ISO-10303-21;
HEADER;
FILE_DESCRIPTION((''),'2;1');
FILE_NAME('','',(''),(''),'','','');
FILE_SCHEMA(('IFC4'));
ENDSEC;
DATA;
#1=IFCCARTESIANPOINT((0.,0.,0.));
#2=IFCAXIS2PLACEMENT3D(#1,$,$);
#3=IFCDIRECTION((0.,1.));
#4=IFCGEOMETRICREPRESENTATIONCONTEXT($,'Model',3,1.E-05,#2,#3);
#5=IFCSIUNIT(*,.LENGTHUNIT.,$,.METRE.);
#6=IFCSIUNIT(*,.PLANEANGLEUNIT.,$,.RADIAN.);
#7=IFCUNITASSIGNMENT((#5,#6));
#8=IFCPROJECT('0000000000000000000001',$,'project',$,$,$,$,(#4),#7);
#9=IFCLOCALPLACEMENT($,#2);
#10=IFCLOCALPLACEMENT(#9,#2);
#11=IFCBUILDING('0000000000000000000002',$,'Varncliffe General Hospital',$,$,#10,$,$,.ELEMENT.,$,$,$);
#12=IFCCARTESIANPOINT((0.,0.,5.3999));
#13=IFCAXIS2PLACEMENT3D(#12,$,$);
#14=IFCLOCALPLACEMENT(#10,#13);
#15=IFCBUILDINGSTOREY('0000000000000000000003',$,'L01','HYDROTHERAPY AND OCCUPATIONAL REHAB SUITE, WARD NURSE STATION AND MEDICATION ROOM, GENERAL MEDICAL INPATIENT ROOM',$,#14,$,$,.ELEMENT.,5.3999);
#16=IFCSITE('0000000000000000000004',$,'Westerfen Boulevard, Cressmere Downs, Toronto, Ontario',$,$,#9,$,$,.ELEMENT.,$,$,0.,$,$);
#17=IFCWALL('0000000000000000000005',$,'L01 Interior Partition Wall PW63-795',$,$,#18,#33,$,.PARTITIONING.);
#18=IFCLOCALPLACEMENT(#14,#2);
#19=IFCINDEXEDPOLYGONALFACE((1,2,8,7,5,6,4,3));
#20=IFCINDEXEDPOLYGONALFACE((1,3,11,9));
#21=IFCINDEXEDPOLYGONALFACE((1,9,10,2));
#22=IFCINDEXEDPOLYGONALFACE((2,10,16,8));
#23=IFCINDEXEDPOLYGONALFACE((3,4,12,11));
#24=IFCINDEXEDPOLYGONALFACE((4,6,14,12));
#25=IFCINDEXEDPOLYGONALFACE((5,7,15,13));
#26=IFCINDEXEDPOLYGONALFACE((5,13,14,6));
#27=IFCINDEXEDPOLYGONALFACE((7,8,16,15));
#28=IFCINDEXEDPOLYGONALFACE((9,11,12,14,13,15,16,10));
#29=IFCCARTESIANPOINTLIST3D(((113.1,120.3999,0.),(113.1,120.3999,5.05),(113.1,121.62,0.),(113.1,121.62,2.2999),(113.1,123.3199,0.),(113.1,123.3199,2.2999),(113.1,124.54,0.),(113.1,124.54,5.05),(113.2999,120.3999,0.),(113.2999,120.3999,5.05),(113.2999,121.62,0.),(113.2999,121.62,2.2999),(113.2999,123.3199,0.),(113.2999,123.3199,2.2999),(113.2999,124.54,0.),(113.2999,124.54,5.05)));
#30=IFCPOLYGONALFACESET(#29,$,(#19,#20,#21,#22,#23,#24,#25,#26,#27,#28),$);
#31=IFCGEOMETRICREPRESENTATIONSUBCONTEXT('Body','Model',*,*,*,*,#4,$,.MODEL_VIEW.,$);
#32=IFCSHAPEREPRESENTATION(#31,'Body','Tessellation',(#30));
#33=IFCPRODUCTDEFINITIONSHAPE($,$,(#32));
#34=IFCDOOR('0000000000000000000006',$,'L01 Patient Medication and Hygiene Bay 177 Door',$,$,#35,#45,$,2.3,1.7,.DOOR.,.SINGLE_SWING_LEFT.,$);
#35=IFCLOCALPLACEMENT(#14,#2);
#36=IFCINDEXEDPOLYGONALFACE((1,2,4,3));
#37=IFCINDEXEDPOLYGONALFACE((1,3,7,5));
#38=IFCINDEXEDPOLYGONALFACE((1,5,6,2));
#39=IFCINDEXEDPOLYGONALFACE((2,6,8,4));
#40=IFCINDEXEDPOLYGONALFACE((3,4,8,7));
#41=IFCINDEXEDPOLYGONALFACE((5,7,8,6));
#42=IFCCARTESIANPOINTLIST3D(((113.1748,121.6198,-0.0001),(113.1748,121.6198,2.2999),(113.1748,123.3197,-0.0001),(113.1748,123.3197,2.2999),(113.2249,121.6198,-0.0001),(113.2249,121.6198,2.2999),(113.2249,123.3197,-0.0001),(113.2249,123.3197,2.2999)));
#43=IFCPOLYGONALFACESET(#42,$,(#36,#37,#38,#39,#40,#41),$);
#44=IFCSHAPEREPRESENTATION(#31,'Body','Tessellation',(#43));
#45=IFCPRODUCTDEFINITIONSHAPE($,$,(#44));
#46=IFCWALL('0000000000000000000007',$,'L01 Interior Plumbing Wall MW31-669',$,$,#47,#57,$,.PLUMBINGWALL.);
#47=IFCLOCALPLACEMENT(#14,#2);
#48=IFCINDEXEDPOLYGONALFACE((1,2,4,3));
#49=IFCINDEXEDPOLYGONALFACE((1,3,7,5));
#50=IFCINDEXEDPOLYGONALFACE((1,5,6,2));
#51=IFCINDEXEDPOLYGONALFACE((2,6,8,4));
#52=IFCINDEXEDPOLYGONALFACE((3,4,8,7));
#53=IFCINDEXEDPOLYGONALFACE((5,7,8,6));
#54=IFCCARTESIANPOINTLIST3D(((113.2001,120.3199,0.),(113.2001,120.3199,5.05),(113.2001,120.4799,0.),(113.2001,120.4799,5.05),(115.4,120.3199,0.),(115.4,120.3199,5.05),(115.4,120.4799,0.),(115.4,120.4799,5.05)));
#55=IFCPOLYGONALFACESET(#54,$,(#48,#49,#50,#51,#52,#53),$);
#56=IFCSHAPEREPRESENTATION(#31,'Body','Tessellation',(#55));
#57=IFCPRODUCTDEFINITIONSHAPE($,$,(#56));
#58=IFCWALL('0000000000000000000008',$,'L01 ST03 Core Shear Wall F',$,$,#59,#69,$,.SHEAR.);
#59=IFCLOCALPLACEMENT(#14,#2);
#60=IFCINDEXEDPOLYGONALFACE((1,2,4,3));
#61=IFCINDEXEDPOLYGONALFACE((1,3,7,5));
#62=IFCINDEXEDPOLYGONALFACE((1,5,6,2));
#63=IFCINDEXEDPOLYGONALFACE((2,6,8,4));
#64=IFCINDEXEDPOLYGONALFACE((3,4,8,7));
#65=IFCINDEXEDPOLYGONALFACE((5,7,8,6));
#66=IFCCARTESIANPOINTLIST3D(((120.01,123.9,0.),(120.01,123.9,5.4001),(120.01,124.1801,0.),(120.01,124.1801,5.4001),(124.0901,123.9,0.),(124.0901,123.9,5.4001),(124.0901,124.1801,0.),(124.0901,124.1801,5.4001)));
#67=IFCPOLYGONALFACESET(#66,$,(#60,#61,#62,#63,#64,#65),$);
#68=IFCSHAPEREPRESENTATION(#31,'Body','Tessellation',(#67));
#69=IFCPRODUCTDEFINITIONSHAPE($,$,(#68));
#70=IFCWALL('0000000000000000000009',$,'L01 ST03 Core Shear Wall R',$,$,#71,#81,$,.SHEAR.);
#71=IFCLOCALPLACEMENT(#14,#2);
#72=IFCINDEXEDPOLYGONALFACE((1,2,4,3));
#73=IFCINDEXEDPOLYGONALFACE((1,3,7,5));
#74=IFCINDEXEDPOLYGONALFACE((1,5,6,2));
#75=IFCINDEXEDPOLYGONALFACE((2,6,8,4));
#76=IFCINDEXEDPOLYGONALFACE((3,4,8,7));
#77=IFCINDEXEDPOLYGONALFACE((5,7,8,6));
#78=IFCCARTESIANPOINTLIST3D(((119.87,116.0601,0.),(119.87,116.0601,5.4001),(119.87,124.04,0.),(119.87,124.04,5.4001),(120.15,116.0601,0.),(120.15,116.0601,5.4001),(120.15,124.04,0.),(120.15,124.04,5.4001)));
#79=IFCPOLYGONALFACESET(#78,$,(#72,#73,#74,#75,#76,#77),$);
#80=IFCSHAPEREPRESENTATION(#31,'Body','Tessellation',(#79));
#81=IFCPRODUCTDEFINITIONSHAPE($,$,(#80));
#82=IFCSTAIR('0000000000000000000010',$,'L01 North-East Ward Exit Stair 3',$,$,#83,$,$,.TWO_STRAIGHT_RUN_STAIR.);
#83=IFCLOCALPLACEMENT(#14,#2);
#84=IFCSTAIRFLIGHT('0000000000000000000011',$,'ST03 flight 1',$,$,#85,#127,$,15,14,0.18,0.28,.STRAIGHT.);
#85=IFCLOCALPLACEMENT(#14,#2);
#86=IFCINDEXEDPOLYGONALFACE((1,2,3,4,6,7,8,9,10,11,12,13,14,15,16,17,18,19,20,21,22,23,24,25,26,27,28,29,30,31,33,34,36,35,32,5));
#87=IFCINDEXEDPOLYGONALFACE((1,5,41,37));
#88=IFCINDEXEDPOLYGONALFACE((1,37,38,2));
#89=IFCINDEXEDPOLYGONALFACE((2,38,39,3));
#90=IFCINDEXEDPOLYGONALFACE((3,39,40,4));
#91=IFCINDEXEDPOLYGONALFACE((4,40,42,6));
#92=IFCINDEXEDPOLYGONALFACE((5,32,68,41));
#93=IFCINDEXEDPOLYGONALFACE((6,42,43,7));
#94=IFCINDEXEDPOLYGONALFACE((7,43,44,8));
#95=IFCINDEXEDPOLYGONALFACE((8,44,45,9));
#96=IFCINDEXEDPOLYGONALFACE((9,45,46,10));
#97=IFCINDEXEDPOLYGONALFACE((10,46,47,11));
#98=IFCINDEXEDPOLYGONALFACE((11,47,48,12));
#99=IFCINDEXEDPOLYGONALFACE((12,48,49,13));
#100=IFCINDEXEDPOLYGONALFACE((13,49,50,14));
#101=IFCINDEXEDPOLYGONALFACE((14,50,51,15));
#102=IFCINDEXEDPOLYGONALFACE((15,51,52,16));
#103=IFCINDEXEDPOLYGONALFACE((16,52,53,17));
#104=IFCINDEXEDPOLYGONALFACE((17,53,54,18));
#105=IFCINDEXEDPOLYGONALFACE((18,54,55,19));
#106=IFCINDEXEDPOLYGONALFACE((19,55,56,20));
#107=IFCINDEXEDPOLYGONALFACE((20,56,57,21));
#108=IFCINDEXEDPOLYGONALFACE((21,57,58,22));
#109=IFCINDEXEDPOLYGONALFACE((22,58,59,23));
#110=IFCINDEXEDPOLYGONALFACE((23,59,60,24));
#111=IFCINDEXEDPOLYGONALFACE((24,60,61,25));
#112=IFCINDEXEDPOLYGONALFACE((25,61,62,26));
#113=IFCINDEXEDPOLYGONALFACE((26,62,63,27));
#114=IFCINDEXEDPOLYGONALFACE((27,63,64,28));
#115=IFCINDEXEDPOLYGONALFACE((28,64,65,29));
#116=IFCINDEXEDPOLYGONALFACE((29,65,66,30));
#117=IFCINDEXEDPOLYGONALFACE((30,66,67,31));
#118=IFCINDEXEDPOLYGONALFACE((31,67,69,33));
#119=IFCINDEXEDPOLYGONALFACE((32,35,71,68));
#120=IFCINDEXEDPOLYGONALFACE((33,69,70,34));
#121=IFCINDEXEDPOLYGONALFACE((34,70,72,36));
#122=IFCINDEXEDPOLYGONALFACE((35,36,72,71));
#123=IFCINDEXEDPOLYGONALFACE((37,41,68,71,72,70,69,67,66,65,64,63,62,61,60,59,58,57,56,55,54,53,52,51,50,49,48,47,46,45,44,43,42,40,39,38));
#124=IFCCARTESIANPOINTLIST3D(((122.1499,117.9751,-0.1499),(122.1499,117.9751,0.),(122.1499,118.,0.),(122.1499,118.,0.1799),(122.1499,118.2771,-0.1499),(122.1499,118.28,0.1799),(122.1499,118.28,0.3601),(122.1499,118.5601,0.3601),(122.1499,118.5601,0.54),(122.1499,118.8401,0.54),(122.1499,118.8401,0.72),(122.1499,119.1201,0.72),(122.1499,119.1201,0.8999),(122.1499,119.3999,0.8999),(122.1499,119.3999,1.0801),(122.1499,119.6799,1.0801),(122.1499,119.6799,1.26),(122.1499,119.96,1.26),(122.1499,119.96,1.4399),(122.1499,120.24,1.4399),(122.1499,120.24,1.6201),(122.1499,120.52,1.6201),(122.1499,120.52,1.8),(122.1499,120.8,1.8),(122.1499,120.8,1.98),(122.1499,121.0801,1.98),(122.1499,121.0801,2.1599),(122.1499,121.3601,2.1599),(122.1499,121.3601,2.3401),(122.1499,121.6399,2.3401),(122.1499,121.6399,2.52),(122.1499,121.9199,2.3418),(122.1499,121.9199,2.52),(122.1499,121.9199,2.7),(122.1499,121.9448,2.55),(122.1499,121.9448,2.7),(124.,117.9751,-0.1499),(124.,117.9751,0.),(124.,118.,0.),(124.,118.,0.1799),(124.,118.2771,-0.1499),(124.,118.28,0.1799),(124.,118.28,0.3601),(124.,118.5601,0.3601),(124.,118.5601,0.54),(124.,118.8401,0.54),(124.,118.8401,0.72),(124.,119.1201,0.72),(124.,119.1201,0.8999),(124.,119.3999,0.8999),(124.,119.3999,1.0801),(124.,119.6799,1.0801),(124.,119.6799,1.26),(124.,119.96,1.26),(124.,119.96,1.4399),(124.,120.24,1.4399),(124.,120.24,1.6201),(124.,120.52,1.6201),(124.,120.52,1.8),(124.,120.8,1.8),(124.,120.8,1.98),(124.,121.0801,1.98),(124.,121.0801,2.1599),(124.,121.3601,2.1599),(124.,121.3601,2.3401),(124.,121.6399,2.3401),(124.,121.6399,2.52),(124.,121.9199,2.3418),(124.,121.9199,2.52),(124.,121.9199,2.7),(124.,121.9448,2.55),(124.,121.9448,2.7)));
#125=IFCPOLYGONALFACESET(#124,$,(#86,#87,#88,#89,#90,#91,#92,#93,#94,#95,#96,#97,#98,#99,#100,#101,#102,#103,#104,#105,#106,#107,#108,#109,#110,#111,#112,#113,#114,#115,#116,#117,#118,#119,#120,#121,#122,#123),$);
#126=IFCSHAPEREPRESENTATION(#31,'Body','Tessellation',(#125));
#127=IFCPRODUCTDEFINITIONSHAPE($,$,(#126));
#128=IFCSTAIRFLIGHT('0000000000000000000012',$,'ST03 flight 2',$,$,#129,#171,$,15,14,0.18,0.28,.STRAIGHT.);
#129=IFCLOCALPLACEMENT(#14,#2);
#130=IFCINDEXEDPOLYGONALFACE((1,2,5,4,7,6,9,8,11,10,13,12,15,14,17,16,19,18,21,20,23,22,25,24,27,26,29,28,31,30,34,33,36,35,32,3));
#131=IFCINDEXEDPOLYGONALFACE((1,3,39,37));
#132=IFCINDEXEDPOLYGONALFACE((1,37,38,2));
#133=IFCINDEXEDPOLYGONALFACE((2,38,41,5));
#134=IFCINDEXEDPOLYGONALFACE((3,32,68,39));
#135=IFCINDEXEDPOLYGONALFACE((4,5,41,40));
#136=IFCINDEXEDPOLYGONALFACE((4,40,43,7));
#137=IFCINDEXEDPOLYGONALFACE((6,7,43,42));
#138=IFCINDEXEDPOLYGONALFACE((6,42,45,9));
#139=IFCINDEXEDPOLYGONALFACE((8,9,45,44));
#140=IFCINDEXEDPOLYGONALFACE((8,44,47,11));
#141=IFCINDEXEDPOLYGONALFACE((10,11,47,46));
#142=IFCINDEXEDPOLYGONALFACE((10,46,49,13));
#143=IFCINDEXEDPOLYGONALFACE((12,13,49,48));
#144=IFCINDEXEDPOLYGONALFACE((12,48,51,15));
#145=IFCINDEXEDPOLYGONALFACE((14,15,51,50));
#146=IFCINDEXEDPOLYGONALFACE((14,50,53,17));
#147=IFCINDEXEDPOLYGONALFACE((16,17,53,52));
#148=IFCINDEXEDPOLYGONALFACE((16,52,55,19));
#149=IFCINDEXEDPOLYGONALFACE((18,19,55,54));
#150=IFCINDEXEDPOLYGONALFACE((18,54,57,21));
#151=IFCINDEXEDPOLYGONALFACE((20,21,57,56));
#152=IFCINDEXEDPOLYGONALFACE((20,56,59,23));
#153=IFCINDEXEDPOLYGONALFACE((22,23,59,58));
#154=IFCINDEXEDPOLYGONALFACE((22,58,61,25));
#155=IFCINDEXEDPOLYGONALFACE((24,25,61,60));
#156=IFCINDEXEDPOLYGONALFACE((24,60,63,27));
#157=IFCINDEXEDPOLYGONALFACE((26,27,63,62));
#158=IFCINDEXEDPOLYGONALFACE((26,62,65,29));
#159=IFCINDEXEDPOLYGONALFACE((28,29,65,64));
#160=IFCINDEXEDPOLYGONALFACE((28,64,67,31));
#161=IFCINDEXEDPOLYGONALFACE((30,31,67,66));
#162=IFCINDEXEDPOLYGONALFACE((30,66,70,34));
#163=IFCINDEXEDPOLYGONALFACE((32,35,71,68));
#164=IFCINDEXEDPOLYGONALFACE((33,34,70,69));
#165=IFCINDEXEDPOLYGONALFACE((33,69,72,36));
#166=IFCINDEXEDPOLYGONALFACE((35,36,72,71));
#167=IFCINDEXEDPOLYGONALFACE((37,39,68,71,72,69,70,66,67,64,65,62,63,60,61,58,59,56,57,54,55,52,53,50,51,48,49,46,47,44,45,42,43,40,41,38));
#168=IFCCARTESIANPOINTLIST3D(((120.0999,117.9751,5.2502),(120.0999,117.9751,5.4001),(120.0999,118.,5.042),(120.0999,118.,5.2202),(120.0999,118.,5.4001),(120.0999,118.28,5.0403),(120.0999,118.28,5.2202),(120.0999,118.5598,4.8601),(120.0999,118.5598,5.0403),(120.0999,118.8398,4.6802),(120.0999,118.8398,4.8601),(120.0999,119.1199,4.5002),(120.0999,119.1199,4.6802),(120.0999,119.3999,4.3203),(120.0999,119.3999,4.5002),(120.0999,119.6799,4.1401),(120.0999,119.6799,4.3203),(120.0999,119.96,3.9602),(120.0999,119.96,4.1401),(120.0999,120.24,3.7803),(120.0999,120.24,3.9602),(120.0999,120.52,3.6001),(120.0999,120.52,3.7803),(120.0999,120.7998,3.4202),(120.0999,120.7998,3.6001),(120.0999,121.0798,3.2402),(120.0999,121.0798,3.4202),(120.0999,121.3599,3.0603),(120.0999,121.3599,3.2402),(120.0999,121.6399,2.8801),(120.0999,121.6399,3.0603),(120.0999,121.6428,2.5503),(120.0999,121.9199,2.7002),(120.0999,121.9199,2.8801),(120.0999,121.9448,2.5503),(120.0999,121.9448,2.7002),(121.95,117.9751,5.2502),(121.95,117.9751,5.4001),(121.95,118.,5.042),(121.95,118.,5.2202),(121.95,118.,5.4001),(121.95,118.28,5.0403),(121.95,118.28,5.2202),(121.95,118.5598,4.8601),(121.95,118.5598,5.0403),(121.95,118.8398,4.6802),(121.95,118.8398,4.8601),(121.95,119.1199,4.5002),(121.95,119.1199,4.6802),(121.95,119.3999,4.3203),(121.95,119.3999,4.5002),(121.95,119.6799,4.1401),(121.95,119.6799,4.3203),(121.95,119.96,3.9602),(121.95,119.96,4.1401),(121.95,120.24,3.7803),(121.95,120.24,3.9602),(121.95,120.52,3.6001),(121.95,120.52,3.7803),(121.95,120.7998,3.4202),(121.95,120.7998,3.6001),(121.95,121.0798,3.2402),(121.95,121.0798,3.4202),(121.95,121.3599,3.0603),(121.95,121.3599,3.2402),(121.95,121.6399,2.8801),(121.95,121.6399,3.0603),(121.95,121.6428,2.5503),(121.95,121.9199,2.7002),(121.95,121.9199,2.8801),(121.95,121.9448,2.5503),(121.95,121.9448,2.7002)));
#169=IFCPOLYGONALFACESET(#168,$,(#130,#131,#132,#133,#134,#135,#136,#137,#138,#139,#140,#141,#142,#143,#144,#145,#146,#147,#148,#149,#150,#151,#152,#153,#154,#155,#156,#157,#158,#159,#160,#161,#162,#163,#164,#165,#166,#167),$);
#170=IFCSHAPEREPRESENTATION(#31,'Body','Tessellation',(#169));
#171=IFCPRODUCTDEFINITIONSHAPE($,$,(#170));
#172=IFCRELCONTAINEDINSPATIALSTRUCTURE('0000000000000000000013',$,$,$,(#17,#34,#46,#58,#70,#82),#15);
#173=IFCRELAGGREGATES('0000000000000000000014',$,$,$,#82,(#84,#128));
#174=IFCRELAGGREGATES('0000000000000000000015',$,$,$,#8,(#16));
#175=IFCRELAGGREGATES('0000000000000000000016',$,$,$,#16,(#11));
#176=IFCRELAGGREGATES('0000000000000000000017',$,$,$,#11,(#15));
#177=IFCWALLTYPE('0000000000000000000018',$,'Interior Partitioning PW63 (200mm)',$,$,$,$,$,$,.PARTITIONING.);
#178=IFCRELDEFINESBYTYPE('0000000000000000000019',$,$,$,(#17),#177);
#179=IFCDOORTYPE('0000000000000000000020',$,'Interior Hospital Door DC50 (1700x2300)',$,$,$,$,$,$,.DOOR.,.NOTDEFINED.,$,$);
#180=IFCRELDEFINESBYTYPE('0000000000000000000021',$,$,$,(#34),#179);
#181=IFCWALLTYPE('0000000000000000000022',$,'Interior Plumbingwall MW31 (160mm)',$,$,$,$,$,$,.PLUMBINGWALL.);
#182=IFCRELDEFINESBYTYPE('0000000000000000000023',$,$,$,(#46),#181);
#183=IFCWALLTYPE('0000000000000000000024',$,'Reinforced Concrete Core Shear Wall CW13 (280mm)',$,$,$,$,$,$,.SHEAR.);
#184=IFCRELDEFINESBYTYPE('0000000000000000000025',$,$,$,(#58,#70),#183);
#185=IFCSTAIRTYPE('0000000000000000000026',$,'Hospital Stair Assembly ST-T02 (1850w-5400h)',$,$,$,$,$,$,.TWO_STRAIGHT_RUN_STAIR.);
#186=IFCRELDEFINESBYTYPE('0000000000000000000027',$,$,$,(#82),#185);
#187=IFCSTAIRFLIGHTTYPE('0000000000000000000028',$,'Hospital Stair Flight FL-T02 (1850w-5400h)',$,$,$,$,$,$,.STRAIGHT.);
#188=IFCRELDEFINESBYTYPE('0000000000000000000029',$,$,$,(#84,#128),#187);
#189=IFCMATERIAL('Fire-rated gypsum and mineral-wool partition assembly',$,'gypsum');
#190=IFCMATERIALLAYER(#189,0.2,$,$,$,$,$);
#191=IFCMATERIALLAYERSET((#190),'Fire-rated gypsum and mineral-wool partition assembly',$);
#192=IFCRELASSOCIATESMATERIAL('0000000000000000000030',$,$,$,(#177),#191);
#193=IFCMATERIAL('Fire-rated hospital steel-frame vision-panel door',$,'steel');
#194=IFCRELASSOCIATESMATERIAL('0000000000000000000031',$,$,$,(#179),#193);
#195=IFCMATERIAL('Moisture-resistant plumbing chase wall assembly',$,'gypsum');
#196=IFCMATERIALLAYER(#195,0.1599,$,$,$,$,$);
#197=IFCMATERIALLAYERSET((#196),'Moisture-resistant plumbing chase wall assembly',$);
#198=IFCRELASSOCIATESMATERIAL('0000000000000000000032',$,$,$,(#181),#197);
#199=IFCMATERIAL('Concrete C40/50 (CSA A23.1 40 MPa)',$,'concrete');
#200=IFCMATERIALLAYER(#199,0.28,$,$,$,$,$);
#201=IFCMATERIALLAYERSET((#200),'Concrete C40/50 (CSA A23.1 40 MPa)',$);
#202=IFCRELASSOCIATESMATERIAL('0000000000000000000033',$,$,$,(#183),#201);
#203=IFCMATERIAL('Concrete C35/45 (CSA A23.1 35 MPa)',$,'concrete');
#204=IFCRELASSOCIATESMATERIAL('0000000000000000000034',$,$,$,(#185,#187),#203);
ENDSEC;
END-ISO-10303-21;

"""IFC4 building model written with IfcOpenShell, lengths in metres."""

from ifc_helpers import new_model, si_unit, direction, frame, frame_2d, origin, place, context, subcontext, project, spatial, polyline, rectangle, outline, extrude, material, layer, layer_set, type_object, element, fill, aggregate, save


model = new_model("IFC4")

# Units and contexts
model_context = context("Model", 3, precision=1e-05, world=origin(), true_north=direction((0.0, 1.0)))
body_context = subcontext(model_context, "Body", "Model", "MODEL_VIEW")
ifc_project = project(units=[si_unit("LENGTHUNIT", "METRE"), si_unit("PLANEANGLEUNIT", "RADIAN")], contexts=[model_context])

# Site, building, storey
site_placement = place(None, origin())
site = spatial("IfcSite", under=ifc_project, at=site_placement, Name="Westerfen Boulevard, Cressmere Downs, Toronto, Ontario", CompositionType="ELEMENT", RefElevation=0.0)
building_placement = place(site_placement, origin())
building = spatial("IfcBuilding", under=site, at=building_placement, Name="Varncliffe General Hospital", CompositionType="ELEMENT")
storey_placement = place(building_placement, frame((0.0, 0.0, 5.3999)))
storey = spatial("IfcBuildingStorey", under=building, at=storey_placement, Name="L01", Description="HYDROTHERAPY AND OCCUPATIONAL REHAB SUITE, WARD NURSE STATION AND MEDICATION ROOM, GENERAL MEDICAL INPATIENT ROOM", CompositionType="ELEMENT", Elevation=5.3999)

# Shared definitions
ifc_material_1 = material(Name="Concrete C40/50 (CSA A23.1 40 MPa)", Category="concrete")

# Shared definitions
ifc_material_2 = material(Name="Concrete C35/45 (CSA A23.1 35 MPa)", Category="concrete")

# Wall, opening, door
ifc_material_3 = material(Name="Fire-rated gypsum and mineral-wool partition assembly", Category="gypsum")
ifc_layer_1 = layer(ifc_material_3, 0.2)
ifc_layer_set_1 = layer_set([ifc_layer_1], Name="Fire-rated gypsum and mineral-wool partition assembly")
wall_type_1 = type_object("IfcWallType", Name="Interior Partitioning PW63 (200mm)", PredefinedType="PARTITIONING", material=ifc_layer_set_1)
wall_1_placement = place(storey_placement, frame((113.2, 120.3999, 0.0), z_axis=(0.0, 0.0, 1.0), x_axis=(0.0, 1.0, 0.0)))
wall_1 = element("IfcWall", 1, at=wall_1_placement, inside=storey, type_object=wall_type_1, Name="L01 Interior Partition Wall PW63-795", PredefinedType="PARTITIONING", context=body_context, shape_type="SweptSolid", body=[
    extrude(rectangle(XDim=4.1401, YDim=0.2, at=frame_2d((2.0701, 0.0))), origin(), (0.0, 0.0, 1.0), 5.05),
])
opening_1_placement = place(wall_1_placement, frame((1.22, 0.0, 0.0)))
opening_1 = element("IfcOpeningElement", 2, at=opening_1_placement, cuts=wall_1, PredefinedType="OPENING", context=body_context, shape_type="SweptSolid", body=[
    extrude(rectangle(XDim=1.7, YDim=2.3, at=frame_2d((0.8501, 1.1499))), frame((0.0, 0.1099, 0.0), z_axis=(0.0, -1.0, 0.0), x_axis=(1.0, 0.0, 0.0)), (0.0, 0.0, 1.0), 0.22),
])
ifc_material_4 = material(Name="Fire-rated hospital steel-frame vision-panel door", Category="steel")
door_type = type_object("IfcDoorType", Name="Interior Hospital Door DC50 (1700x2300)", OperationType="NOTDEFINED", PredefinedType="DOOR", material=ifc_material_4)
door_placement = place(opening_1_placement, frame((1.7, 0.0, 0.0), z_axis=(0.0, 0.0, 1.0), x_axis=(-1.0, 0.0, 0.0)))
door = element("IfcDoor", 3, at=door_placement, inside=storey, type_object=door_type, Name="L01 Patient Medication and Hygiene Bay 177 Door", OperationType="SINGLE_SWING_LEFT", OverallHeight=2.3, OverallWidth=1.7, PredefinedType="DOOR", context=body_context, shape_type="SweptSolid", body=[
    extrude(rectangle(XDim=1.7, YDim=2.3, at=frame_2d((0.8501, 1.1499))), frame((0.0, 0.0249, 0.0), z_axis=(0.0, -1.0, 0.0), x_axis=(1.0, 0.0, 0.0)), (0.0, 0.0, 1.0), 0.05),
])
fill(opening_1, door)

# Walls
ifc_material_5 = material(Name="Moisture-resistant plumbing chase wall assembly", Category="gypsum")
ifc_layer_2 = layer(ifc_material_5, 0.1599)
ifc_layer_set_2 = layer_set([ifc_layer_2], Name="Moisture-resistant plumbing chase wall assembly")
wall_type_2 = type_object("IfcWallType", Name="Interior Plumbingwall MW31 (160mm)", PredefinedType="PLUMBINGWALL", material=ifc_layer_set_2)
wall_2_placement = place(storey_placement, frame((113.2, 120.3999, 0.0), z_axis=(0.0, 0.0, 1.0), x_axis=(1.0, 0.0, 0.0)))
element("IfcWall", 4, at=wall_2_placement, inside=storey, type_object=wall_type_2, Name="L01 Interior Plumbing Wall MW31-669", PredefinedType="PLUMBINGWALL", context=body_context, shape_type="SweptSolid", body=[
    extrude(rectangle(XDim=2.2, YDim=0.1599, at=frame_2d((1.1001, 0.0))), origin(), (0.0, 0.0, 1.0), 5.05),
])
ifc_layer_3 = layer(ifc_material_1, 0.28)
ifc_layer_set_3 = layer_set([ifc_layer_3], Name="Concrete C40/50 (CSA A23.1 40 MPa)")
wall_type_3 = type_object("IfcWallType", Name="Reinforced Concrete Core Shear Wall CW13 (280mm)", PredefinedType="SHEAR", material=ifc_layer_set_3)
wall_3_placement = place(storey_placement, frame((124.0901, 124.04, 0.0), z_axis=(0.0, 0.0, 1.0), x_axis=(-1.0, 0.0, 0.0)))
element("IfcWall", 5, at=wall_3_placement, inside=storey, type_object=wall_type_3, Name="L01 ST03 Core Shear Wall F", PredefinedType="SHEAR", context=body_context, shape_type="SweptSolid", body=[
    extrude(rectangle(XDim=4.0801, YDim=0.28, at=frame_2d((2.04, 0.0))), origin(), (0.0, 0.0, 1.0), 5.4001),
])
wall_4_placement = place(storey_placement, frame((120.01, 124.04, 0.0), z_axis=(0.0, 0.0, 1.0), x_axis=(0.0, -1.0, 0.0)))
element("IfcWall", 6, at=wall_4_placement, inside=storey, type_object=wall_type_3, Name="L01 ST03 Core Shear Wall R", PredefinedType="SHEAR", context=body_context, shape_type="SweptSolid", body=[
    extrude(rectangle(XDim=7.98, YDim=0.28, at=frame_2d((3.99, 0.0))), origin(), (0.0, 0.0, 1.0), 5.4001),
])

# Stair, stair flights
stair_type = type_object("IfcStairType", Name="Hospital Stair Assembly ST-T02 (1850w-5400h)", PredefinedType="TWO_STRAIGHT_RUN_STAIR", material=ifc_material_2)
stair_placement = place(storey_placement, origin())
stair = element("IfcStair", 7, at=stair_placement, inside=storey, type_object=stair_type, Name="L01 North-East Ward Exit Stair 3", PredefinedType="TWO_STRAIGHT_RUN_STAIR")
stair_flight_type = type_object("IfcStairFlightType", Name="Hospital Stair Flight FL-T02 (1850w-5400h)", PredefinedType="STRAIGHT", material=ifc_material_2)
stair_flight_1_placement = place(storey_placement, frame((123.075, 118.0, 0.0), z_axis=(0.0, 0.0, 1.0), x_axis=(0.0, 1.0, 0.0)))
stair_flight_1 = element("IfcStairFlight", 8, at=stair_flight_1_placement, type_object=stair_flight_type, Name="ST03 flight 1", NumberOfRisers=15, NumberOfTreads=14, PredefinedType="STRAIGHT", RiserHeight=0.18, TreadLength=0.28, context=body_context, shape_type="SweptSolid", body=[
    extrude(outline(polyline([(-0.0249, -0.1499), (-0.0249, 0.0), (0.0, 0.0), (0.0, 0.1799), (0.28, 0.1799), (0.28, 0.3601), (0.5601, 0.3601), (0.5601, 0.54), (0.8401, 0.54), (0.8401, 0.72), (1.1201, 0.72), (1.1201, 0.8999), (1.3999, 0.8999), (1.3999, 1.0801), (1.6799, 1.0801), (1.6799, 1.26), (1.96, 1.26), (1.96, 1.4399), (2.24, 1.4399), (2.24, 1.6201), (2.52, 1.6201), (2.52, 1.8), (2.8, 1.8), (2.8, 1.98), (3.0801, 1.98), (3.0801, 2.1599), (3.3601, 2.1599), (3.3601, 2.3401), (3.6399, 2.3401), (3.6399, 2.52), (3.9199, 2.52), (3.9199, 2.7), (3.9448, 2.7), (3.9448, 2.55), (3.9199, 2.3418), (0.2771, -0.1499), (-0.0249, -0.1499)])), frame((0.0, 0.925, 0.0), z_axis=(0.0, -1.0, 0.0), x_axis=(1.0, 0.0, 0.0)), (0.0, 0.0, 1.0), 1.8501),
])
stair_flight_2_placement = place(storey_placement, frame((121.0249, 121.9199, 2.7002), z_axis=(0.0, 0.0, 1.0), x_axis=(0.0, -1.0, 0.0)))
stair_flight_2 = element("IfcStairFlight", 9, at=stair_flight_2_placement, type_object=stair_flight_type, Name="ST03 flight 2", NumberOfRisers=15, NumberOfTreads=14, PredefinedType="STRAIGHT", RiserHeight=0.18, TreadLength=0.28, context=body_context, shape_type="SweptSolid", body=[
    extrude(outline(polyline([(-0.0249, -0.1499), (-0.0249, 0.0), (0.0, 0.0), (0.0, 0.1799), (0.28, 0.1799), (0.28, 0.3601), (0.5601, 0.3601), (0.5601, 0.54), (0.8401, 0.54), (0.8401, 0.72), (1.1201, 0.72), (1.1201, 0.8999), (1.3999, 0.8999), (1.3999, 1.0801), (1.6799, 1.0801), (1.6799, 1.26), (1.96, 1.26), (1.96, 1.4399), (2.24, 1.4399), (2.24, 1.6201), (2.52, 1.6201), (2.52, 1.8), (2.8, 1.8), (2.8, 1.98), (3.0801, 1.98), (3.0801, 2.1599), (3.3601, 2.1599), (3.3601, 2.3401), (3.6399, 2.3401), (3.6399, 2.52), (3.9199, 2.52), (3.9199, 2.7), (3.9448, 2.7), (3.9448, 2.55), (3.9199, 2.3418), (0.2771, -0.1499), (-0.0249, -0.1499)])), frame((0.0, 0.925, 0.0), z_axis=(0.0, -1.0, 0.0), x_axis=(1.0, 0.0, 0.0)), (0.0, 0.0, 1.0), 1.8501),
])
aggregate(stair, [stair_flight_1, stair_flight_2])

save(model, "model.ifc")
